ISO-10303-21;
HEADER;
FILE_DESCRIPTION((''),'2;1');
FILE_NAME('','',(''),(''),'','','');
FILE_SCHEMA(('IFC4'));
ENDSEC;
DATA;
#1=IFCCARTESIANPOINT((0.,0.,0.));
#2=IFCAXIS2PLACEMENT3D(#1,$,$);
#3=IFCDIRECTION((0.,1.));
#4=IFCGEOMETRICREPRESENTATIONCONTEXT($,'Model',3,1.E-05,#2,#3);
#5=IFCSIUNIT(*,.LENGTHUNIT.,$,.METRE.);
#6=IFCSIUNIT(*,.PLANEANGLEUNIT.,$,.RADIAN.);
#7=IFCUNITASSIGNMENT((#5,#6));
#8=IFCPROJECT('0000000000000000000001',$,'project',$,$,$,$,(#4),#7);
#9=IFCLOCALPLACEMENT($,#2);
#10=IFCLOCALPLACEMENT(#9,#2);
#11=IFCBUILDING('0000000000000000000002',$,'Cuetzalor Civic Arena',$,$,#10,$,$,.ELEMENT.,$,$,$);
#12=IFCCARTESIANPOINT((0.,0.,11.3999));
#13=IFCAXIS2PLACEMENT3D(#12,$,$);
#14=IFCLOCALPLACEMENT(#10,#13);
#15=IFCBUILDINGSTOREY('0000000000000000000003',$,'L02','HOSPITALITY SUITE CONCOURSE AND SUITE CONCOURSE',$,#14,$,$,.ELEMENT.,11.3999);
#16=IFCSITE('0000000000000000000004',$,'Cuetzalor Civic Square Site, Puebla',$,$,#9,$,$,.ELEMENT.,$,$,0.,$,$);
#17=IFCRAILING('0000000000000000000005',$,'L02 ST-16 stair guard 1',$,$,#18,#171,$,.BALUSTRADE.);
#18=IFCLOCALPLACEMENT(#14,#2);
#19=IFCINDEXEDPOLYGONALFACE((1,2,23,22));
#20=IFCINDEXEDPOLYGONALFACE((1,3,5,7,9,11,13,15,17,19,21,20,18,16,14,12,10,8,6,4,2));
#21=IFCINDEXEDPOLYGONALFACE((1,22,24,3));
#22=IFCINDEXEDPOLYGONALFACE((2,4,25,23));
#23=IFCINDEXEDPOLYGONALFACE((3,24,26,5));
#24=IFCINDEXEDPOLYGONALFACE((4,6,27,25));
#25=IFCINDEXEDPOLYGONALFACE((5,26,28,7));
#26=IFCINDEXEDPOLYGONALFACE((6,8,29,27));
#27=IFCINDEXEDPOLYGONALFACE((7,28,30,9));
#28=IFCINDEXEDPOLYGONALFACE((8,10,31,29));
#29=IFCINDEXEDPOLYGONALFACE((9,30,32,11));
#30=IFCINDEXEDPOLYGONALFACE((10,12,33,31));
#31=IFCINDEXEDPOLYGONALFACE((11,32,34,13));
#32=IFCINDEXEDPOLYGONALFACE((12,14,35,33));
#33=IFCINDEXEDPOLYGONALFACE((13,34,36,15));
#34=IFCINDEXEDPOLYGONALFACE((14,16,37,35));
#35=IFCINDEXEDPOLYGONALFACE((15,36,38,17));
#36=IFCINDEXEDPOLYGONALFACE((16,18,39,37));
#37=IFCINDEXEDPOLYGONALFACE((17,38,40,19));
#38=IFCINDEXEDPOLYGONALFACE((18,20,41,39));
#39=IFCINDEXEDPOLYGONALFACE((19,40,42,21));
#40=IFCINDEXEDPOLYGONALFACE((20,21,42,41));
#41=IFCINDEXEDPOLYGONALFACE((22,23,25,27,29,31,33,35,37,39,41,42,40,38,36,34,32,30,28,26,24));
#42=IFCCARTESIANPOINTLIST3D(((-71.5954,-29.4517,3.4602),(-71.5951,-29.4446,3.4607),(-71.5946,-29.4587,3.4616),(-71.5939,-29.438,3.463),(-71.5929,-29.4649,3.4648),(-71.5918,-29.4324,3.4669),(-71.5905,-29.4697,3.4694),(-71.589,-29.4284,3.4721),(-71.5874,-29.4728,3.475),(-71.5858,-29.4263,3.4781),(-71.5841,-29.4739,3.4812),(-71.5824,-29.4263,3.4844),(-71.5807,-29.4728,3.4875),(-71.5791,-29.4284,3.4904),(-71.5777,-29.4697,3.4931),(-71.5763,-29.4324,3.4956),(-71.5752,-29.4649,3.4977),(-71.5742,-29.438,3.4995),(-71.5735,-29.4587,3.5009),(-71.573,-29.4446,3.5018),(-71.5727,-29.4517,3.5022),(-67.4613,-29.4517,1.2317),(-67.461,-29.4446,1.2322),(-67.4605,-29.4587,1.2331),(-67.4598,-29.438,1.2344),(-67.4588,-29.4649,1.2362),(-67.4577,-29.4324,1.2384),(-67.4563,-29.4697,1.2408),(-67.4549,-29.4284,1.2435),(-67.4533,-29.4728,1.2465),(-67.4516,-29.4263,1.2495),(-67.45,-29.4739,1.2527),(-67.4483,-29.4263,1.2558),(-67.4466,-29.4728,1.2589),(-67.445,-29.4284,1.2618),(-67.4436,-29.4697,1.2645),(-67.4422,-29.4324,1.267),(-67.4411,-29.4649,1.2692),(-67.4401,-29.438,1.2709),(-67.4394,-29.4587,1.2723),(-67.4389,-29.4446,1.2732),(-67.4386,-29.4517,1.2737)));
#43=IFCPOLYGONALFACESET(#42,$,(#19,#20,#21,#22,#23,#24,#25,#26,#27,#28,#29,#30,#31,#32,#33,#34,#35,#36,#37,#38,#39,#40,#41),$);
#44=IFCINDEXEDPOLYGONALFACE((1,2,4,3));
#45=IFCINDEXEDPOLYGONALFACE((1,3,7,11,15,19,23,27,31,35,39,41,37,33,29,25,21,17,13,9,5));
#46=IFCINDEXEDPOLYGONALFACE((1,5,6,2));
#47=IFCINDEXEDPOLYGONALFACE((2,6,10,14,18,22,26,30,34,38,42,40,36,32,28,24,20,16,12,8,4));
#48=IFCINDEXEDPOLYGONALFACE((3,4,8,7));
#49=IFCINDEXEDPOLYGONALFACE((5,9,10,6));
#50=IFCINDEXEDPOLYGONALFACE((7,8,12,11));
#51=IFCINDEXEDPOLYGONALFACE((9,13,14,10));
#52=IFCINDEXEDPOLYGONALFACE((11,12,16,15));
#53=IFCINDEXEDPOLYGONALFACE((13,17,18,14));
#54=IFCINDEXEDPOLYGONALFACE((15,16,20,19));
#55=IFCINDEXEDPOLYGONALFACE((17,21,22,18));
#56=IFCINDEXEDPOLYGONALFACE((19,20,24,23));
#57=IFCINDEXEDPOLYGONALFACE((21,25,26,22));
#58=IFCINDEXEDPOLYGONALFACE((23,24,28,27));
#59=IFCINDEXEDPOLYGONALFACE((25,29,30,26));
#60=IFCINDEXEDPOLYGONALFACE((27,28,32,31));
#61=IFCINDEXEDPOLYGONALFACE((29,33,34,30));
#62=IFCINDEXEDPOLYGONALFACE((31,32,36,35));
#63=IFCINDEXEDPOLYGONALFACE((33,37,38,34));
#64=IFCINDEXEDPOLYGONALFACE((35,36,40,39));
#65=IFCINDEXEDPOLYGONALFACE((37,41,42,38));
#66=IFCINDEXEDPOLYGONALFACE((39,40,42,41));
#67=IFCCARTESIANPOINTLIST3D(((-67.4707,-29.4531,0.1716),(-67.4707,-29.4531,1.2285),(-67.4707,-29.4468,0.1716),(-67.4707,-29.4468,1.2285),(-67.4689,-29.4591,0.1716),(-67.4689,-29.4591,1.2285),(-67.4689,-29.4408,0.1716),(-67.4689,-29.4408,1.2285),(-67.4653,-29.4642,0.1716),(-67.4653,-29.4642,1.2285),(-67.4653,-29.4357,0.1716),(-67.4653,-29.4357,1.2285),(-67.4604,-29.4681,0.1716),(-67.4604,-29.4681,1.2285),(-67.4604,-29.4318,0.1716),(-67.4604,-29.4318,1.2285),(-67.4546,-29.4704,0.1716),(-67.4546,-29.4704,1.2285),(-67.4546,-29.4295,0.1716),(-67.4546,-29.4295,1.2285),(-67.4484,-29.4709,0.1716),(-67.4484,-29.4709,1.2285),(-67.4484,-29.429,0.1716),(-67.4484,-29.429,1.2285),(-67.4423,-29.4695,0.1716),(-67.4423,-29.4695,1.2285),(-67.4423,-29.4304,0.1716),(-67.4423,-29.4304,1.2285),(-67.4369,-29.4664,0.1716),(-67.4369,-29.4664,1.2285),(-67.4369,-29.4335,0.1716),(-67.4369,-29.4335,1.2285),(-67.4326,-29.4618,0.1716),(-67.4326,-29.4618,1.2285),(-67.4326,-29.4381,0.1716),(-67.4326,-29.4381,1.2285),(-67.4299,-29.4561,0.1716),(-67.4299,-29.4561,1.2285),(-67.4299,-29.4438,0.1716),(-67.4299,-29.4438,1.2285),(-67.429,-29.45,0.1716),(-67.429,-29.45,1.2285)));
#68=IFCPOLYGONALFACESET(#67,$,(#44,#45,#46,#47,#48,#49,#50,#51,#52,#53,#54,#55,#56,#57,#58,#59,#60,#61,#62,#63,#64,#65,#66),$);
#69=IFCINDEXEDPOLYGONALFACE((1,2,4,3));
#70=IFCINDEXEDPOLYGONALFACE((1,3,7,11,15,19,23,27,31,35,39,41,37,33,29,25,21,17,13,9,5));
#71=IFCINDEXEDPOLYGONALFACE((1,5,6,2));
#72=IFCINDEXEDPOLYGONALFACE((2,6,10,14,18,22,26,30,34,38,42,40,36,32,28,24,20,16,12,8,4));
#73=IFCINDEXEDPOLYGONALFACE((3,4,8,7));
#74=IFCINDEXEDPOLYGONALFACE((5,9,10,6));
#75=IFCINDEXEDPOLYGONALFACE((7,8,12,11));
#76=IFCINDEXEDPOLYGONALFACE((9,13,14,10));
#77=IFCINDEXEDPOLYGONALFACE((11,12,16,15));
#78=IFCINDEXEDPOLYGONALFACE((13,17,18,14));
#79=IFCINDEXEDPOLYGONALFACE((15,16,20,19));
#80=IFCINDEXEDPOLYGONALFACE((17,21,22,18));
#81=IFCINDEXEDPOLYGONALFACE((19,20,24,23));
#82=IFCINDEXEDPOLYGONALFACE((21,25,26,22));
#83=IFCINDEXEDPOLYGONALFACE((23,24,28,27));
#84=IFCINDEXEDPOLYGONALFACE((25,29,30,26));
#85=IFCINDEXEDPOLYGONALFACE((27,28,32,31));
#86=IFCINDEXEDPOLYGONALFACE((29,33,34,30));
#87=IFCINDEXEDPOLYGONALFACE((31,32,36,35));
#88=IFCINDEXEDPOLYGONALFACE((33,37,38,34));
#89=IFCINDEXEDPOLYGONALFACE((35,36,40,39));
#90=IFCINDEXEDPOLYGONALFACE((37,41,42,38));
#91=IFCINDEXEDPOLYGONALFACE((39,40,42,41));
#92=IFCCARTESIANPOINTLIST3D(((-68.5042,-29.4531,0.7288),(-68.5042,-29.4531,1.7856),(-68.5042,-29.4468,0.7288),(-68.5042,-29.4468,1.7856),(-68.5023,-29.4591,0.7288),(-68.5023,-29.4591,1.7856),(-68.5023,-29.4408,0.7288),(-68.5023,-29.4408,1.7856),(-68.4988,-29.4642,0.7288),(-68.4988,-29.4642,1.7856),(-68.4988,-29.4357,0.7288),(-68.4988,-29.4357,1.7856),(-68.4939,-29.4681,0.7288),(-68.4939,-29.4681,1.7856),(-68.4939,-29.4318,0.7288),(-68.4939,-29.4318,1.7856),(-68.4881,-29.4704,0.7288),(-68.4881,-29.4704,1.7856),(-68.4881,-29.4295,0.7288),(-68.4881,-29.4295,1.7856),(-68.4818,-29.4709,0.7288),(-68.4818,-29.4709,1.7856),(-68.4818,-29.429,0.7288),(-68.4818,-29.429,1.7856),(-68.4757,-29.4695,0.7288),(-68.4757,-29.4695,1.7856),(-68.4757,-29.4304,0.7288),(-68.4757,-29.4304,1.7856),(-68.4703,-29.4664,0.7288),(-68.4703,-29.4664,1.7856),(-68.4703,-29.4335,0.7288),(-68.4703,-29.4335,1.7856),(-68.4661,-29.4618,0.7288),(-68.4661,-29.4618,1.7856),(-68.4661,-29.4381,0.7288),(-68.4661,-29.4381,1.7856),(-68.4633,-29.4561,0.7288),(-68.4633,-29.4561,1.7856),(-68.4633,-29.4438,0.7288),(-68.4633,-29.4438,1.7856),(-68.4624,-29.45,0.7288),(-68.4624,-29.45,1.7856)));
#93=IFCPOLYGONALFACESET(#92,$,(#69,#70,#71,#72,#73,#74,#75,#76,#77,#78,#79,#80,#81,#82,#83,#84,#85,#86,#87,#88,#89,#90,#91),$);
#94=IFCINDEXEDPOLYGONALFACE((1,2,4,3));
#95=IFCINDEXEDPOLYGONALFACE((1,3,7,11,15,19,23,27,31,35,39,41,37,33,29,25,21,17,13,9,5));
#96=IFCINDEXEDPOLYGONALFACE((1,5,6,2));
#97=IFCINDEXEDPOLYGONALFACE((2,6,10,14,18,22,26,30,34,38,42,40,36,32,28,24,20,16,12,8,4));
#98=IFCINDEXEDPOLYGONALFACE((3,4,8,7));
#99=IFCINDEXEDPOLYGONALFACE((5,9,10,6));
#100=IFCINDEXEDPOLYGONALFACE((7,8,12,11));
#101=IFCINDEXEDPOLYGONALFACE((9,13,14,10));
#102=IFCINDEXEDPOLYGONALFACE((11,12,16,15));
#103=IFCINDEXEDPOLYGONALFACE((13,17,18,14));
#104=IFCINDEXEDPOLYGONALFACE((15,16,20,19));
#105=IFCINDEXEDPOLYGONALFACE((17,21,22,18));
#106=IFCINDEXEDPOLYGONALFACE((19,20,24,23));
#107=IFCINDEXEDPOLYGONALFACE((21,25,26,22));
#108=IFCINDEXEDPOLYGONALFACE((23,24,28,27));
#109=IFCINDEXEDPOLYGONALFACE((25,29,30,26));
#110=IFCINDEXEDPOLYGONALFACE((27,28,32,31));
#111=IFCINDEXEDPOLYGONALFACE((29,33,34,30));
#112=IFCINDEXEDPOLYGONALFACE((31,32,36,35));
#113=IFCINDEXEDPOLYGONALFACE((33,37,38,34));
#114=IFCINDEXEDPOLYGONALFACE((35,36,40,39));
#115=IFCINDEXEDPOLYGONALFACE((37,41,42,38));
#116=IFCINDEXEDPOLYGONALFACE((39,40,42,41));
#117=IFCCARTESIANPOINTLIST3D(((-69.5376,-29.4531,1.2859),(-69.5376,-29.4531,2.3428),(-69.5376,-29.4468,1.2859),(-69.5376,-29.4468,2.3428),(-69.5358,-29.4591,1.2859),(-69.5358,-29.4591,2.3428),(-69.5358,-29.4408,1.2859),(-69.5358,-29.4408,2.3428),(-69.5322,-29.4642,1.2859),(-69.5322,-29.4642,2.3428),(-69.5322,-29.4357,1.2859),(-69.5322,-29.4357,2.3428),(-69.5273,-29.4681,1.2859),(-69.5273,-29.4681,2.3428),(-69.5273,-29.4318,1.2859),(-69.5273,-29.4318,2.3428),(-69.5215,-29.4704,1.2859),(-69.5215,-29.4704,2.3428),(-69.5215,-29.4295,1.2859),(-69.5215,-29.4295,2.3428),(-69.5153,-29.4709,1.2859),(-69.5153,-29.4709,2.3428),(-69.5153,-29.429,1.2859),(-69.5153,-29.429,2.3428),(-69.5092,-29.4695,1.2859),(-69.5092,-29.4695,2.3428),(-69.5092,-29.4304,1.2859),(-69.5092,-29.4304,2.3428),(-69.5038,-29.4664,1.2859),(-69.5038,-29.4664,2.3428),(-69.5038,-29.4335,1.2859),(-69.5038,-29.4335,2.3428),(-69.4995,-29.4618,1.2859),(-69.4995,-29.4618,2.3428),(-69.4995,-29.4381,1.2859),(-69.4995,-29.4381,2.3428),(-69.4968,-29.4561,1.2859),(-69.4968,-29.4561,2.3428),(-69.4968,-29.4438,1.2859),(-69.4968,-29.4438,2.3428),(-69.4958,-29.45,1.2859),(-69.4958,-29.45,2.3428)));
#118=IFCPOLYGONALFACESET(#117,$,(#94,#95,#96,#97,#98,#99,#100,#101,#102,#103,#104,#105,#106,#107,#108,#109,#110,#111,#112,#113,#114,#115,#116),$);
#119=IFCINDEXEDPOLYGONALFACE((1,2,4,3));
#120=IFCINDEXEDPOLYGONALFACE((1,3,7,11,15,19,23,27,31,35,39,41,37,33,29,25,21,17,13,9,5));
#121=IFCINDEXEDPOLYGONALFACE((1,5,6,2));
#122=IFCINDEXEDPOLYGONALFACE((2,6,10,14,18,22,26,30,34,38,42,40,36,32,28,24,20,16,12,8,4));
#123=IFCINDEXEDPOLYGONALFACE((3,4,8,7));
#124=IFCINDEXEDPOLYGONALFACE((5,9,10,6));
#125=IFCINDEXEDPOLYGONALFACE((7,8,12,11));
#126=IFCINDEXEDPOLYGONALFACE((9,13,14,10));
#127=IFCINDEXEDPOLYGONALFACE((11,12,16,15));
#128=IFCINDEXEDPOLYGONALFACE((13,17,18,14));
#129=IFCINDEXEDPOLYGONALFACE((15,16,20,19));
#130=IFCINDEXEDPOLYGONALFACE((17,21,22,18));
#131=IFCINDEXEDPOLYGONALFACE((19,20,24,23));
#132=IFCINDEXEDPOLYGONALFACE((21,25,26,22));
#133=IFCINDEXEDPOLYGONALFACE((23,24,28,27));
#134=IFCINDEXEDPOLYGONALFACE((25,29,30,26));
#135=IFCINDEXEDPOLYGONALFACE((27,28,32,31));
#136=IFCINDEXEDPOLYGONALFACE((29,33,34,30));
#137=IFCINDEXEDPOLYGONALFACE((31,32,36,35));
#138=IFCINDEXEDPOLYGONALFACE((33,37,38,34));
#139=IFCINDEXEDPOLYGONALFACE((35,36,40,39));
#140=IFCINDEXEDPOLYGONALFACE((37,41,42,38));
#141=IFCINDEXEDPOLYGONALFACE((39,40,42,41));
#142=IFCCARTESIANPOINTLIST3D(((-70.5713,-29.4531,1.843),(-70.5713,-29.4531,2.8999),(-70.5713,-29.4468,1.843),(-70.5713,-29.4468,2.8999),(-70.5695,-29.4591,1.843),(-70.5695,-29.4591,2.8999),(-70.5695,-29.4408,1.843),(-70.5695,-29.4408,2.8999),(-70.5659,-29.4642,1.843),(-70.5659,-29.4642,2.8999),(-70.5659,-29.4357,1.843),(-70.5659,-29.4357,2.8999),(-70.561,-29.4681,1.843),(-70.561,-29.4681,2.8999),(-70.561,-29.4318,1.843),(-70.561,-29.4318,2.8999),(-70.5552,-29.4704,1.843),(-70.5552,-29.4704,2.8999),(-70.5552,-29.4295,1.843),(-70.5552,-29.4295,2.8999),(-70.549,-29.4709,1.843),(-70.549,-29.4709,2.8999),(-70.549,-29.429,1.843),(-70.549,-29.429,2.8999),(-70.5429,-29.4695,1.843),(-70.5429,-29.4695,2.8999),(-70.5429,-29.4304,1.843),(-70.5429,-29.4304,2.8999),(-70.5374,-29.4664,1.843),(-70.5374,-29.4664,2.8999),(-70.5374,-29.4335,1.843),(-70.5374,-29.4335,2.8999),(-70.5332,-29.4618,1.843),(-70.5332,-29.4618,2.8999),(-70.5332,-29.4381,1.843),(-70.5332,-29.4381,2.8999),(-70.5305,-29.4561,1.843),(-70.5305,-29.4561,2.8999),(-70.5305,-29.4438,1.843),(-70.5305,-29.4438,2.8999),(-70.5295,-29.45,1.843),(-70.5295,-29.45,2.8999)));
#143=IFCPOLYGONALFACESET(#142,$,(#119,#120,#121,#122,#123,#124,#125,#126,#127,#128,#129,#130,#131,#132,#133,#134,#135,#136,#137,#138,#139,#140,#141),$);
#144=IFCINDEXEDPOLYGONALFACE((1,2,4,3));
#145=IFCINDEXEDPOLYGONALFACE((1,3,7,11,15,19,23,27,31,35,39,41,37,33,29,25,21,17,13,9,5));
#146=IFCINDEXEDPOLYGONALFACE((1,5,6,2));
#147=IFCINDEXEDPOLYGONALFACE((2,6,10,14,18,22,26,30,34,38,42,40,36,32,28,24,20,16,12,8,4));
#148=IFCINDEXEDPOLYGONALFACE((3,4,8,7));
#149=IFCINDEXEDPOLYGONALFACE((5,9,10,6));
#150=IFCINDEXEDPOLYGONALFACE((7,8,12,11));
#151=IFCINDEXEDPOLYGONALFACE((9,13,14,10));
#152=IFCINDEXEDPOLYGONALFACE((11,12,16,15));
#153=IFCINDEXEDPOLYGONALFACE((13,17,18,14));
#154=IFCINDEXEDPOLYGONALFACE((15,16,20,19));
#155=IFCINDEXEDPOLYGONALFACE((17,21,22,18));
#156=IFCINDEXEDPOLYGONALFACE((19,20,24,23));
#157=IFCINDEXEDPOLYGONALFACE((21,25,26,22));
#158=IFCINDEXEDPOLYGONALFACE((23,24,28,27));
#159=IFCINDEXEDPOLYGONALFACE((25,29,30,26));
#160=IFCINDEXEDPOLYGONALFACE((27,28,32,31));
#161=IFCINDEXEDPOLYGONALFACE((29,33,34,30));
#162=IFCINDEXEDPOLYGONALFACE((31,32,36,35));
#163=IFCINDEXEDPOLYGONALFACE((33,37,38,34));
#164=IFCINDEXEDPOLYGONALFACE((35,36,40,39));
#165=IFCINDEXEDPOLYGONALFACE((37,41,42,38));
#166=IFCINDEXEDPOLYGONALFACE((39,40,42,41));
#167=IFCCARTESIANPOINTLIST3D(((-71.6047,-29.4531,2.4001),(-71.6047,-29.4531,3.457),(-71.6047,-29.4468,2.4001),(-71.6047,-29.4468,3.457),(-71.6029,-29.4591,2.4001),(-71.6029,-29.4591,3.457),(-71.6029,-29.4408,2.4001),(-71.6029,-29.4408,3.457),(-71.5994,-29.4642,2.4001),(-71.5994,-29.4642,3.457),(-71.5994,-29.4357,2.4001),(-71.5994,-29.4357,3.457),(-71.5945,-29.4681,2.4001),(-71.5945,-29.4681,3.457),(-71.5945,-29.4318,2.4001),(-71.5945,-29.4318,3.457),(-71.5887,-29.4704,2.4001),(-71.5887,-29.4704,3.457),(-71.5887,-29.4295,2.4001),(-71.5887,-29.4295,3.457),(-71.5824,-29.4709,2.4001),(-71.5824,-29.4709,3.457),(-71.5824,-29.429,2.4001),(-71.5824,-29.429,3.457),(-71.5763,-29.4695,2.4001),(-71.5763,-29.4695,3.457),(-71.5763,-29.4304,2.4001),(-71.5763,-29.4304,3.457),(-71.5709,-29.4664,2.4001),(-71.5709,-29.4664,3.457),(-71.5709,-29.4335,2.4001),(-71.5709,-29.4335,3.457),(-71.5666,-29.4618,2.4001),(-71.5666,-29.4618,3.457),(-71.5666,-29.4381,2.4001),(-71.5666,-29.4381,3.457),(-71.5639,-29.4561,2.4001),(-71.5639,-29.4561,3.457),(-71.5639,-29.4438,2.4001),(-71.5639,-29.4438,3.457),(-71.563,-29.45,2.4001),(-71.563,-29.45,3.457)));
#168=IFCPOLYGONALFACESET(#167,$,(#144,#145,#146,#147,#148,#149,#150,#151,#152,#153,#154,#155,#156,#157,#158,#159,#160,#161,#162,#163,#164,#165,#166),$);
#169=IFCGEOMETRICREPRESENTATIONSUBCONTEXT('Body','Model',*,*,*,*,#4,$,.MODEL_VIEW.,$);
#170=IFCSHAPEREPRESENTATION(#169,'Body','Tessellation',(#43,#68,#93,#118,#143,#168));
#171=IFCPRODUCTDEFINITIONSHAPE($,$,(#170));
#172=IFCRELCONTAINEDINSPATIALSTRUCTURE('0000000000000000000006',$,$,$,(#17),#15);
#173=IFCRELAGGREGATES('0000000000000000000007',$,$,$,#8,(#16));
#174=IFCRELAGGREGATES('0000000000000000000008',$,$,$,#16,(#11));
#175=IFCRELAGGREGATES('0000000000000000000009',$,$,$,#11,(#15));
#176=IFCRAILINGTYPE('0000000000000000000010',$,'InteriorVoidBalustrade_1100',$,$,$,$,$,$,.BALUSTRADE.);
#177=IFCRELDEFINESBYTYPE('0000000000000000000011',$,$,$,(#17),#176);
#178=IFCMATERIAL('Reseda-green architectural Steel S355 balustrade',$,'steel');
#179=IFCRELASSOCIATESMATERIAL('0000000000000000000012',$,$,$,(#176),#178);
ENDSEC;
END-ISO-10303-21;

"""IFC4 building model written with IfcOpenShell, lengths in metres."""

from ifc_helpers import new_model, si_unit, direction, frame, origin, origin_2d, place, context, subcontext, project, spatial, circle, extrude, material, type_object, element, save


model = new_model("IFC4")

# Units and contexts
model_context = context("Model", 3, precision=1e-05, world=origin(), true_north=direction((0.0, 1.0)))
body_context = subcontext(model_context, "Body", "Model", "MODEL_VIEW")
ifc_project = project(units=[si_unit("LENGTHUNIT", "METRE"), si_unit("PLANEANGLEUNIT", "RADIAN")], contexts=[model_context])

# Site, building, storey
site_placement = place(None, origin())
site = spatial("IfcSite", under=ifc_project, at=site_placement, Name="Cuetzalor Civic Square Site, Puebla", CompositionType="ELEMENT", RefElevation=0.0)
building_placement = place(site_placement, origin())
building = spatial("IfcBuilding", under=site, at=building_placement, Name="Cuetzalor Civic Arena", CompositionType="ELEMENT")
storey_placement = place(building_placement, frame((0.0, 0.0, 11.3999)))
storey = spatial("IfcBuildingStorey", under=building, at=storey_placement, Name="L02", Description="HOSPITALITY SUITE CONCOURSE AND SUITE CONCOURSE", CompositionType="ELEMENT", Elevation=11.3999)

# Railing
ifc_material_1 = material(Name="Reseda-green architectural Steel S355 balustrade", Category="steel")
railing_type_1 = type_object("IfcRailingType", Name="InteriorVoidBalustrade_1100", PredefinedType="BALUSTRADE", material=ifc_material_1)
railing_1_placement = place(storey_placement, frame((-67.45, -29.45, 0.1716)))
element("IfcRailing", 1, at=railing_1_placement, inside=storey, type_object=railing_type_1, Name="L02 ST-16 stair guard 1", PredefinedType="BALUSTRADE", context=body_context, shape_type="SweptSolid", body=[
    extrude(circle(Radius=0.0239, at=origin_2d()), frame((0.0, 0.0, 1.0811), z_axis=(-0.880249, 0.0, 0.474512), x_axis=(0.0, -1.0, 0.0)), (0.0, 0.0, 1.0), 4.6965),
    extrude(circle(Radius=0.021, at=origin_2d()), origin(), (0.0, 0.0, 1.0), 1.0569),
    extrude(circle(Radius=0.021, at=origin_2d()), frame((-1.0334, 0.0, 0.5571)), (0.0, 0.0, 1.0), 1.0569),
    extrude(circle(Radius=0.021, at=origin_2d()), frame((-2.0669, 0.0, 1.1143)), (0.0, 0.0, 1.0), 1.0569),
    extrude(circle(Radius=0.021, at=origin_2d()), frame((-3.1006, 0.0, 1.6714)), (0.0, 0.0, 1.0), 1.0569),
    extrude(circle(Radius=0.021, at=origin_2d()), frame((-4.134, 0.0, 2.2285)), (0.0, 0.0, 1.0), 1.0569),
])

save(model, "model.ifc")
